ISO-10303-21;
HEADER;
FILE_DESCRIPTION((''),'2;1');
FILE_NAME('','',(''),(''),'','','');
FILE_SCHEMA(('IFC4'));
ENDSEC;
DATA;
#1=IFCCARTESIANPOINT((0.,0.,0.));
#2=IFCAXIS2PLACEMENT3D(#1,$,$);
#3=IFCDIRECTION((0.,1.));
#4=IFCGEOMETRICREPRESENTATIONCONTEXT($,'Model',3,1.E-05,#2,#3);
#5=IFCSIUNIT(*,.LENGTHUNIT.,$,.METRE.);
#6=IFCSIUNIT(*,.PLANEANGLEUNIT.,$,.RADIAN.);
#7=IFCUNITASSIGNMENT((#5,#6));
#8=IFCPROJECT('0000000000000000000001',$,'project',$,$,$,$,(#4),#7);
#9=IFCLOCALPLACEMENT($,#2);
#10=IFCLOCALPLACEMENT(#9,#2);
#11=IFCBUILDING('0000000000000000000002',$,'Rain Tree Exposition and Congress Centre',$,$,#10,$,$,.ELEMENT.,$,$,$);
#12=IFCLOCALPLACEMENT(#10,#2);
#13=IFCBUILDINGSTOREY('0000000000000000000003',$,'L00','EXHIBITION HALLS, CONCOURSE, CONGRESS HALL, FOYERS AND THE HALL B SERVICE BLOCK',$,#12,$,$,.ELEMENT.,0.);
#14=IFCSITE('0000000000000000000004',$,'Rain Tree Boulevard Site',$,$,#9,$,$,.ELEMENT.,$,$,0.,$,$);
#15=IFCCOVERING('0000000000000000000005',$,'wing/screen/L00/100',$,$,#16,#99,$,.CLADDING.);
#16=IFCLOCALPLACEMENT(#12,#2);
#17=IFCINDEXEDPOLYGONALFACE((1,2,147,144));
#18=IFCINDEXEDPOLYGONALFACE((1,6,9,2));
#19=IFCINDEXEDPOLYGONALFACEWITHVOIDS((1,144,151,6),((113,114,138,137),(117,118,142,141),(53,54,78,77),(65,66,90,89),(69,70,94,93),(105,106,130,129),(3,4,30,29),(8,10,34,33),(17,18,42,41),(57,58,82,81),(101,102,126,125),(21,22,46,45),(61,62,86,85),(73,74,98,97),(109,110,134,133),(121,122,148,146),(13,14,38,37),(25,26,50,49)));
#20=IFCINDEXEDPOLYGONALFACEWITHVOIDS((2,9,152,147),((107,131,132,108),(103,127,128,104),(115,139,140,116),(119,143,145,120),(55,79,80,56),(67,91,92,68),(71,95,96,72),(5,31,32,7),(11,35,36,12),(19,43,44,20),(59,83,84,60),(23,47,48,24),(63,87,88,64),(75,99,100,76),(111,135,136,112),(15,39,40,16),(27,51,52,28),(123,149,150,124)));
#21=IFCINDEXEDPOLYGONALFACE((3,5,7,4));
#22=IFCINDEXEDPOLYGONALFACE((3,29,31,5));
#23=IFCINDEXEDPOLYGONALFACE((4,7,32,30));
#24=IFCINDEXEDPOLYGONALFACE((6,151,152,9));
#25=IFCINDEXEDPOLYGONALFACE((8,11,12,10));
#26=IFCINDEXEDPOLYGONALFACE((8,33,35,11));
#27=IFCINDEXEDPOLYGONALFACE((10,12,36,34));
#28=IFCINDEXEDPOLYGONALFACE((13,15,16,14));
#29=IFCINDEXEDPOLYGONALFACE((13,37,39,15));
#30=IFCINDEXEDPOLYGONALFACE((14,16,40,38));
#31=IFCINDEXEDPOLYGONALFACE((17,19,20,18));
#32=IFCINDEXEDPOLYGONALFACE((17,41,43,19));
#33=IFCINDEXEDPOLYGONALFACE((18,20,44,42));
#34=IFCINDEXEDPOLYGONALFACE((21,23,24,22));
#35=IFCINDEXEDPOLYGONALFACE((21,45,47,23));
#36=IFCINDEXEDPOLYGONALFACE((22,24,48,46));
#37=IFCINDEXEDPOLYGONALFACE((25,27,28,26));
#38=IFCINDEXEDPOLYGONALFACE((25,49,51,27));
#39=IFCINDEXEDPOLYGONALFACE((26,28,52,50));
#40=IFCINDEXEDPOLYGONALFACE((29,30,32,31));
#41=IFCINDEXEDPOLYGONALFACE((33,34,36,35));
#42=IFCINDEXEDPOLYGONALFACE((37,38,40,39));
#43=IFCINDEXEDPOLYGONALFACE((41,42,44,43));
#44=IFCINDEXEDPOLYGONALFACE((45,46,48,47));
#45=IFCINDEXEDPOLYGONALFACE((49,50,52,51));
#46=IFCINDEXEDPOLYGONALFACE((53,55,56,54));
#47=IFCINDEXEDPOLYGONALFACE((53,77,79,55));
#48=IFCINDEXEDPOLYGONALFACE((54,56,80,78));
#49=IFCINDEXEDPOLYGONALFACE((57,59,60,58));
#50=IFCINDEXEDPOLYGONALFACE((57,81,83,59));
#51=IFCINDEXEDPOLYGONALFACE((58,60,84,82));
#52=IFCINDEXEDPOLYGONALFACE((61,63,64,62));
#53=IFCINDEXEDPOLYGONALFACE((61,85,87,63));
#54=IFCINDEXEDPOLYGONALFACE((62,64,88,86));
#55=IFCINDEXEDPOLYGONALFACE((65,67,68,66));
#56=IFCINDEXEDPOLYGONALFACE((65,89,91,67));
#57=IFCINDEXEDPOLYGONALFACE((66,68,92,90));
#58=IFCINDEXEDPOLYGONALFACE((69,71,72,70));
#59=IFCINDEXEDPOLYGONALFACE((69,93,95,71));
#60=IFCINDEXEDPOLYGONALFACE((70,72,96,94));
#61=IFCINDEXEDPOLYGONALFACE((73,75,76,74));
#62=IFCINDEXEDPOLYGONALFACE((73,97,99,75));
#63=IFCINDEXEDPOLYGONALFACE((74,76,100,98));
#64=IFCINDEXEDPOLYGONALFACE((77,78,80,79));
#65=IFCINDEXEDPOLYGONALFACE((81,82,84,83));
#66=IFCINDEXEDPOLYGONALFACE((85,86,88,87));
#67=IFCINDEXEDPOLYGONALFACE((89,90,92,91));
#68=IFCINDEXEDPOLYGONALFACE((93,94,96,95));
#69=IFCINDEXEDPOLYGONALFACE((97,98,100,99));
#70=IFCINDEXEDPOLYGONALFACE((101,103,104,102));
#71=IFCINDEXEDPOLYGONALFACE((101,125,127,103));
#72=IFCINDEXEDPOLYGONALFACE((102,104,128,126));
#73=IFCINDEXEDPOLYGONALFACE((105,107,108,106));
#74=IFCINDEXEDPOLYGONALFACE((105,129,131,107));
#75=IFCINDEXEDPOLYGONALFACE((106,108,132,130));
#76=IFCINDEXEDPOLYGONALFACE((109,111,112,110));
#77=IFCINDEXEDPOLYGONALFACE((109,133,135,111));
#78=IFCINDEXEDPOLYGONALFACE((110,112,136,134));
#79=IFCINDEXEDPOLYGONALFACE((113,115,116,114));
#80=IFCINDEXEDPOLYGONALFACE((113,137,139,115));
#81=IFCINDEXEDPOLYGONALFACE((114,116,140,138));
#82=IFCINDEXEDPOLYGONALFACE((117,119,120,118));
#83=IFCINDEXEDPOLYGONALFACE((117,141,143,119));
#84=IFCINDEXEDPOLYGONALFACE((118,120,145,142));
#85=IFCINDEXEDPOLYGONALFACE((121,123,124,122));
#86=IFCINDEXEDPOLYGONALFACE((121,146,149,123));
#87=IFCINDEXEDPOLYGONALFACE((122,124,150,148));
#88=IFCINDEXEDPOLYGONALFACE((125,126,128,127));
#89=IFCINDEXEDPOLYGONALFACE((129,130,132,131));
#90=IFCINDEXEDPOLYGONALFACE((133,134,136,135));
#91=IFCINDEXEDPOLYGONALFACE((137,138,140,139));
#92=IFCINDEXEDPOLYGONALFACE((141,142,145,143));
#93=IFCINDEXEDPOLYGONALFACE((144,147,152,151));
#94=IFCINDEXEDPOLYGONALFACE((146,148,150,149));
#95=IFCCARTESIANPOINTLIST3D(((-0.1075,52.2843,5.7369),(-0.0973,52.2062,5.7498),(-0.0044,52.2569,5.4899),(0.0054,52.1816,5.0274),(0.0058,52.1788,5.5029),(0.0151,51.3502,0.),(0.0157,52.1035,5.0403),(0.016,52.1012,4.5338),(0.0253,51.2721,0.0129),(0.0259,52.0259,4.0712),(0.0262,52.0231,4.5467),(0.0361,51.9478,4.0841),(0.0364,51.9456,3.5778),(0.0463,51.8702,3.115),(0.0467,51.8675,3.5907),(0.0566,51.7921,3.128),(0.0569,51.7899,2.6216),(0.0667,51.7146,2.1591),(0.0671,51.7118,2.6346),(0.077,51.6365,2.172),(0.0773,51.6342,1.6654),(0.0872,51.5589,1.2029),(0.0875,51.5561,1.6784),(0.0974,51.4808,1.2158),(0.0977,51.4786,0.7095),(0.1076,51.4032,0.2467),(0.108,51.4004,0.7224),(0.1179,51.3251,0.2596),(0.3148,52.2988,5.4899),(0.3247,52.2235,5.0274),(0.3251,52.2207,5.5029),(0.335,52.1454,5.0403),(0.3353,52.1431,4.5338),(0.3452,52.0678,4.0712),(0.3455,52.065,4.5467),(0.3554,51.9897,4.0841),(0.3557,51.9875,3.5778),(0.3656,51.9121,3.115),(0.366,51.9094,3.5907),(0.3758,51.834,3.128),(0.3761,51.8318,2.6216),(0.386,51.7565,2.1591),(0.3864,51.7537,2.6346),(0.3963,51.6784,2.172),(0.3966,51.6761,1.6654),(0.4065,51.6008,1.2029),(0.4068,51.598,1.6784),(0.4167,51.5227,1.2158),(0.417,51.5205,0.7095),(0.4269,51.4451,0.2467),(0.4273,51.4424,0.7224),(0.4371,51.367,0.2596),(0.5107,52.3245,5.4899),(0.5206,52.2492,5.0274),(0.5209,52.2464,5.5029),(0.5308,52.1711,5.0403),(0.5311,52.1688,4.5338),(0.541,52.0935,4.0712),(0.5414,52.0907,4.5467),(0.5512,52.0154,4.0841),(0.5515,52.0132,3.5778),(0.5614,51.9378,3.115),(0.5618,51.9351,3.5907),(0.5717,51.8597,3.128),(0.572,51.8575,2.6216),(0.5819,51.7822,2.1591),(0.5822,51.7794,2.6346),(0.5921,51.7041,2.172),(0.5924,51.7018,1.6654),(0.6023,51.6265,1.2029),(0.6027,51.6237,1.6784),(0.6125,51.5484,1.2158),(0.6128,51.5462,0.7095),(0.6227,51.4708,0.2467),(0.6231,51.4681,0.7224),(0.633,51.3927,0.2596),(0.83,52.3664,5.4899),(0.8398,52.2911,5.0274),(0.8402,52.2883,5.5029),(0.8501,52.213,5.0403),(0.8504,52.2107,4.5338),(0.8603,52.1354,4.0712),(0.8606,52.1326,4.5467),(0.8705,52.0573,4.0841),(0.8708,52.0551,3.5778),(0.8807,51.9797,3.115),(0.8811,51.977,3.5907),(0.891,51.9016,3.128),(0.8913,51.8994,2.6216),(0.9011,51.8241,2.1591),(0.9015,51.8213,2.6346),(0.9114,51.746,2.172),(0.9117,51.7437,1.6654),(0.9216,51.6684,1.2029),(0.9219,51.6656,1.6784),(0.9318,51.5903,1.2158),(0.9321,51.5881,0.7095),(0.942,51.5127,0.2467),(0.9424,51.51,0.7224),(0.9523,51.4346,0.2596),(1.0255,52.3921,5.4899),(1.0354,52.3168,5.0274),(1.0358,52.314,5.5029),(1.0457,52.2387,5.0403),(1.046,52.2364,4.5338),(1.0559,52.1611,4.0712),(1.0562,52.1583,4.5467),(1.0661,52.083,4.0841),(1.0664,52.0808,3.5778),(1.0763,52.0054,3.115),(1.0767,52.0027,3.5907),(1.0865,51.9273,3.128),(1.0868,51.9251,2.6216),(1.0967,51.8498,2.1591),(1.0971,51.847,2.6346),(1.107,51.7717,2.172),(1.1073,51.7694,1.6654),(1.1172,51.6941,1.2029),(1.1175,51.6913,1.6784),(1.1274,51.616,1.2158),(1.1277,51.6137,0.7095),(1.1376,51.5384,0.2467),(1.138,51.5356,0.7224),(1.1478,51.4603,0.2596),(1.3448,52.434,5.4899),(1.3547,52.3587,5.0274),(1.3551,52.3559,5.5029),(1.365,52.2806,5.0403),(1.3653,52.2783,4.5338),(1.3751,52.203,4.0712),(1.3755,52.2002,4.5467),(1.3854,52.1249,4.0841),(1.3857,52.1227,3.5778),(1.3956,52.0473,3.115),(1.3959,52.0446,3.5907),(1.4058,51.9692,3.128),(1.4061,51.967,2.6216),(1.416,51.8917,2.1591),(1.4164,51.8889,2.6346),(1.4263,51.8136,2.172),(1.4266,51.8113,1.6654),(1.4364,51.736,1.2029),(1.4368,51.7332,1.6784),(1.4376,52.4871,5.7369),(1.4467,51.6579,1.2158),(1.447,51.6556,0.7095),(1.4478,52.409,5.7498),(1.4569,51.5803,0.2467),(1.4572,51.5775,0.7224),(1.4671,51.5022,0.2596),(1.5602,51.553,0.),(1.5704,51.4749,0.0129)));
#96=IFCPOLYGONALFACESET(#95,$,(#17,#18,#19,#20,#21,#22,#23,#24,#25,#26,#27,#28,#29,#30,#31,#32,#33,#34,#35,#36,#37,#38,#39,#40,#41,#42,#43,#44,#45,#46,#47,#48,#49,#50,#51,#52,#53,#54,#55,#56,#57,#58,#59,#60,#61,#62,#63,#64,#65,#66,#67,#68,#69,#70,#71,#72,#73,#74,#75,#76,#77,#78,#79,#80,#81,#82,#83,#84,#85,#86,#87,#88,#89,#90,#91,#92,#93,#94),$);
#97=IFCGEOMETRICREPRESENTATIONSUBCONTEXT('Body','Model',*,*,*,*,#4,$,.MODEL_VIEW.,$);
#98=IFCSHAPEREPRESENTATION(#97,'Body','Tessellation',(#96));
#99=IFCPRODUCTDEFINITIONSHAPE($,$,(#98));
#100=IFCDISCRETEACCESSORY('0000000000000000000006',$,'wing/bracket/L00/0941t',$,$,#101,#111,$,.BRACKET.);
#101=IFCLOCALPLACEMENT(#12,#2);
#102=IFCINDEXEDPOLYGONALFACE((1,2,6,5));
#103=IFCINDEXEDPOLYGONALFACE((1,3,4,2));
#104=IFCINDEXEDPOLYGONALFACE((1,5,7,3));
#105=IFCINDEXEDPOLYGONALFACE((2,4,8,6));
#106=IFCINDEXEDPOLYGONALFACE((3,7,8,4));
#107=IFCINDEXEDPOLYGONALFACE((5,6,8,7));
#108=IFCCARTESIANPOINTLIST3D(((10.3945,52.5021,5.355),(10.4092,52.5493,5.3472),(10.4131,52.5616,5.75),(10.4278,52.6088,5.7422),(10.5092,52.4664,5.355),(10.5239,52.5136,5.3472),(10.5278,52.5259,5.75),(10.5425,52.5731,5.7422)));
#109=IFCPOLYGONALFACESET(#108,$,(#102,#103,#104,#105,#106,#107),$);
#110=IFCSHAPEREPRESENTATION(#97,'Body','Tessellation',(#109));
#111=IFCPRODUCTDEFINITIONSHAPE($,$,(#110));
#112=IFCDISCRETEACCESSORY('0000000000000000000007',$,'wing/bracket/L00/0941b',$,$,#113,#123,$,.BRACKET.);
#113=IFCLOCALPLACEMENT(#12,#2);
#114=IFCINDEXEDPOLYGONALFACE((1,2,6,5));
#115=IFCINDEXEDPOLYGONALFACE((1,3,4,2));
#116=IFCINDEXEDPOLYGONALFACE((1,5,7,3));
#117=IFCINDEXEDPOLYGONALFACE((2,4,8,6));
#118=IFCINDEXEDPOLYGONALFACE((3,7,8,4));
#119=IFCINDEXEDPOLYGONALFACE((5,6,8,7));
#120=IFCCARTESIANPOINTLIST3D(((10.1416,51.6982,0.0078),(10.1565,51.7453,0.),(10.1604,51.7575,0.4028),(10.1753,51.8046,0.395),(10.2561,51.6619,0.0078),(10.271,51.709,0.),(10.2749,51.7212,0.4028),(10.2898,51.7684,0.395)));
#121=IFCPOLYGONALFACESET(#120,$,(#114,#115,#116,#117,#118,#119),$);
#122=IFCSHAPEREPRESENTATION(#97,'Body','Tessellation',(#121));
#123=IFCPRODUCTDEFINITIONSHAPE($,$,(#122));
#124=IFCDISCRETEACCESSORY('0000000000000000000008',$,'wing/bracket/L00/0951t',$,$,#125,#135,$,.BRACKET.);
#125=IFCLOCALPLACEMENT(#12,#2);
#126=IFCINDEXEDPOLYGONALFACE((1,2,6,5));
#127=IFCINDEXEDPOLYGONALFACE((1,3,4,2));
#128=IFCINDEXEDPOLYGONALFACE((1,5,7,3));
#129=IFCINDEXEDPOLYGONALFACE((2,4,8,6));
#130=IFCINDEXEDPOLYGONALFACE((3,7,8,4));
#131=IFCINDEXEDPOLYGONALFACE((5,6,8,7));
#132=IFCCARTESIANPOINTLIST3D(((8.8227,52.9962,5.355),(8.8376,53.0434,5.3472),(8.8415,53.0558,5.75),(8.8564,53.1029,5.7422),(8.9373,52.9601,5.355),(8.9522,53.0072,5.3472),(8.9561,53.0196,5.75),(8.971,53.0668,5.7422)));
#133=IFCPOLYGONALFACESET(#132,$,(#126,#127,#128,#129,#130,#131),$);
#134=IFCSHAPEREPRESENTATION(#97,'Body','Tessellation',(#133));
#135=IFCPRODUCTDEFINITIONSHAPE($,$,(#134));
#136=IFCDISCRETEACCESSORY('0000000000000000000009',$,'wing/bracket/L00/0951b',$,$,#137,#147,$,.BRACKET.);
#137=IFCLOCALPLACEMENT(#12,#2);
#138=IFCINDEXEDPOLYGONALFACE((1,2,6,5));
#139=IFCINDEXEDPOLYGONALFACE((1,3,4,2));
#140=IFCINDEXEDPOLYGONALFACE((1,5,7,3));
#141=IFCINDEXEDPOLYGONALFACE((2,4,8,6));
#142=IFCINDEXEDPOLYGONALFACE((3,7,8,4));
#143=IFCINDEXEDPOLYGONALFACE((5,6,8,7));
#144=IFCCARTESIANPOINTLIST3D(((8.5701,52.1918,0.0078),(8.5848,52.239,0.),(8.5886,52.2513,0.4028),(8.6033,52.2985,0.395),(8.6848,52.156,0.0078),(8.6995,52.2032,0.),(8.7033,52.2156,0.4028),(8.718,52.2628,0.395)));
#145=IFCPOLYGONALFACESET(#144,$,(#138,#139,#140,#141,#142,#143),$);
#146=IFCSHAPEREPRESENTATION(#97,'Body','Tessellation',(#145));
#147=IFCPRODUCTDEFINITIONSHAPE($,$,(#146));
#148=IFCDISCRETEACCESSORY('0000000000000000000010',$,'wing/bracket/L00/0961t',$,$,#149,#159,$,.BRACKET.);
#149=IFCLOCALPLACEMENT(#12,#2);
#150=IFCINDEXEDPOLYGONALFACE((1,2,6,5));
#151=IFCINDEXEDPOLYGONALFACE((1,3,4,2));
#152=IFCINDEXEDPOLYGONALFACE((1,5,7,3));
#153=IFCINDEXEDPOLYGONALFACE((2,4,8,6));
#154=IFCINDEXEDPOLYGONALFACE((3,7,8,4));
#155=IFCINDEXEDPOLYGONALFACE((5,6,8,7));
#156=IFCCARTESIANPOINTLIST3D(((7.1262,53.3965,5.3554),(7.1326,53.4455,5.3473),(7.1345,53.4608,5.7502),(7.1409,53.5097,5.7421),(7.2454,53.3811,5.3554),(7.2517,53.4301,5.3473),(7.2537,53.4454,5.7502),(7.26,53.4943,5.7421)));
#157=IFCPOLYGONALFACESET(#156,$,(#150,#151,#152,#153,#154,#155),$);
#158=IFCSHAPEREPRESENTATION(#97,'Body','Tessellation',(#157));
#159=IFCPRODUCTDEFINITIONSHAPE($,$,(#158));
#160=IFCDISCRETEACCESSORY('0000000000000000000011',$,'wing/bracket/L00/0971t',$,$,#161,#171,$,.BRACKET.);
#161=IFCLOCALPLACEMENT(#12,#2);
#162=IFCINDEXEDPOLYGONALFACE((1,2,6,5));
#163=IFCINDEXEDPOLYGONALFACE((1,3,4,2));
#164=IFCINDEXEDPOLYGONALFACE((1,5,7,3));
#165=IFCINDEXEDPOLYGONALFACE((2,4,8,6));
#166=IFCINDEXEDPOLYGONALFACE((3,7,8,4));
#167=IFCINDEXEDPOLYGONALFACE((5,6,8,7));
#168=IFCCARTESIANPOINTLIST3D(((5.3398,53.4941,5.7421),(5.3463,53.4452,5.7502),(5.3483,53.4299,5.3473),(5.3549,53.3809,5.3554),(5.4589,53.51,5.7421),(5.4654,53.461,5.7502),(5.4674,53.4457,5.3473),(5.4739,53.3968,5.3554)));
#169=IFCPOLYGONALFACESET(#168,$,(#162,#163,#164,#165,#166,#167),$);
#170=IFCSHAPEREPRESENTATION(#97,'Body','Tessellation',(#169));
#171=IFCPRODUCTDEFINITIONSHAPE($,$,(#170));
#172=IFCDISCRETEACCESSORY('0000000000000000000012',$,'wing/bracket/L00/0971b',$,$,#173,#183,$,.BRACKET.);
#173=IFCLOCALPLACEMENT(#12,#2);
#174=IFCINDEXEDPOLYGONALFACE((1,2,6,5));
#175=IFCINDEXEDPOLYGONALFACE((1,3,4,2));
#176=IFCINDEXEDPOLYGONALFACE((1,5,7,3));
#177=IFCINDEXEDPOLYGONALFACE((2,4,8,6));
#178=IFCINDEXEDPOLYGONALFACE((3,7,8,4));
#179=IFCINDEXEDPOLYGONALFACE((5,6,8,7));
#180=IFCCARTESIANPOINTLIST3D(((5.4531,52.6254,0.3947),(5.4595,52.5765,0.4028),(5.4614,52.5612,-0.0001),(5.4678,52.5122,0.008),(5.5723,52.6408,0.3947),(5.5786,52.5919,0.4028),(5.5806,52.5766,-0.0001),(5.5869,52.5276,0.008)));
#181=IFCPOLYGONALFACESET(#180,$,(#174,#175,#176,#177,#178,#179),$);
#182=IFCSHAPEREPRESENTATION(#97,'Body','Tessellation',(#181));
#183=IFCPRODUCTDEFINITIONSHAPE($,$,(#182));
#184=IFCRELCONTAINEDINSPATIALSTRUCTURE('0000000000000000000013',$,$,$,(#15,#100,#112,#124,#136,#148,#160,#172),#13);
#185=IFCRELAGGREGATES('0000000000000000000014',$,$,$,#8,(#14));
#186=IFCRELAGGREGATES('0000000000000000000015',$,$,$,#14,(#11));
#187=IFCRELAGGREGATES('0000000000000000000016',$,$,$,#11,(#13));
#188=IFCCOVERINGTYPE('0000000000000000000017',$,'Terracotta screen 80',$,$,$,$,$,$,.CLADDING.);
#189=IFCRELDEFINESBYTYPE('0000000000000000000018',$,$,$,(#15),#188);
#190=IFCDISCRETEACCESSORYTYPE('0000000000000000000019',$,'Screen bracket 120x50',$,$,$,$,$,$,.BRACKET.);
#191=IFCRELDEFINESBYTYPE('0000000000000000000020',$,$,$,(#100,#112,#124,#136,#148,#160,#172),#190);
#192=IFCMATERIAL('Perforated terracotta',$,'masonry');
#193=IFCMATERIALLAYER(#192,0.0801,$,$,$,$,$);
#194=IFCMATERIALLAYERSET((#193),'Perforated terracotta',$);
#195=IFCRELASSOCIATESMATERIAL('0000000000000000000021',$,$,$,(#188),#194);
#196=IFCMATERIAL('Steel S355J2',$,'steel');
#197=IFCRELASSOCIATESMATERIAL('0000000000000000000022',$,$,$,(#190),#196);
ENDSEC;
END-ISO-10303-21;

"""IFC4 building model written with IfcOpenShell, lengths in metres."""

from ifc_helpers import new_model, si_unit, direction, frame, origin, origin_2d, place, context, subcontext, project, spatial, polyline, rectangle, outline, extrude, material, layer, layer_set, material_profile, profile_set, type_object, element, save


model = new_model("IFC4")

# Units and contexts
model_context = context("Model", 3, precision=1e-05, world=origin(), true_north=direction((0.0, 1.0)))
body_context = subcontext(model_context, "Body", "Model", "MODEL_VIEW")
ifc_project = project(units=[si_unit("LENGTHUNIT", "METRE"), si_unit("PLANEANGLEUNIT", "RADIAN")], contexts=[model_context])

# Site, building, storey
site_placement = place(None, origin())
site = spatial("IfcSite", under=ifc_project, at=site_placement, Name="Rain Tree Boulevard Site", CompositionType="ELEMENT", RefElevation=0.0)
building_placement = place(site_placement, origin())
building = spatial("IfcBuilding", under=site, at=building_placement, Name="Rain Tree Exposition and Congress Centre", CompositionType="ELEMENT")
storey_placement = place(building_placement, origin())
storey = spatial("IfcBuildingStorey", under=building, at=storey_placement, Name="L00", Description="EXHIBITION HALLS, CONCOURSE, CONGRESS HALL, FOYERS AND THE HALL B SERVICE BLOCK", CompositionType="ELEMENT", Elevation=0.0)

# Covering
ifc_material_1 = material(Name="Perforated terracotta", Category="masonry")
ifc_layer = layer(ifc_material_1, 0.0801)
ifc_layer_set = layer_set([ifc_layer], Name="Perforated terracotta")
covering_type = type_object("IfcCoveringType", Name="Terracotta screen 80", PredefinedType="CLADDING", material=ifc_layer_set)
covering_1_placement = place(storey_placement, frame((1.575, 51.5549, 0.0), z_axis=(0.128414, -0.978392, 0.162046), x_axis=(0.991496, 0.130134, 0.0)))
element("IfcCovering", 1, at=covering_1_placement, inside=storey, type_object=covering_type, Name="wing/screen/L00/100", PredefinedType="CLADDING", context=body_context, shape_type="SweptSolid", body=[
    extrude(outline(polyline([(-0.0149, 5.8137), (-0.0149, 0.0), (-1.5732, 0.0), (-1.5732, 5.8137), (-0.0149, 5.8137)]), holes=[polyline([(-0.1138, 0.25), (-0.1138, 0.719), (-0.4358, 0.719), (-0.4358, 0.25), (-0.1138, 0.25)]), polyline([(-0.1138, 1.219), (-0.1138, 1.6877), (-0.4358, 1.6877), (-0.4358, 1.219), (-0.1138, 1.219)]), polyline([(-0.1138, 2.188), (-0.1138, 2.6567), (-0.4358, 2.6567), (-0.4358, 2.188), (-0.1138, 2.188)]), polyline([(-0.1138, 3.1567), (-0.1138, 3.6257), (-0.4358, 3.6257), (-0.4358, 3.1567), (-0.1138, 3.1567)]), polyline([(-0.1138, 4.1257), (-0.1138, 4.5945), (-0.4358, 4.5945), (-0.4358, 4.1257), (-0.1138, 4.1257)]), polyline([(-0.1138, 5.0947), (-0.1138, 5.5635), (-0.4358, 5.5635), (-0.4358, 5.0947), (-0.1138, 5.0947)]), polyline([(-0.6331, 0.25), (-0.6331, 0.719), (-0.9551, 0.719), (-0.9551, 0.25), (-0.6331, 0.25)]), polyline([(-0.6331, 1.219), (-0.6331, 1.6877), (-0.9551, 1.6877), (-0.9551, 1.219), (-0.6331, 1.219)]), polyline([(-0.6331, 2.188), (-0.6331, 2.6567), (-0.9551, 2.6567), (-0.9551, 2.188), (-0.6331, 2.188)]), polyline([(-0.6331, 3.1567), (-0.6331, 3.6257), (-0.9551, 3.6257), (-0.9551, 3.1567), (-0.6331, 3.1567)]), polyline([(-0.6331, 4.1257), (-0.6331, 4.5945), (-0.9551, 4.5945), (-0.9551, 4.1257), (-0.6331, 4.1257)]), polyline([(-0.6331, 5.0947), (-0.6331, 5.5635), (-0.9551, 5.5635), (-0.9551, 5.0947), (-0.6331, 5.0947)]), polyline([(-1.1526, 0.25), (-1.1526, 0.719), (-1.4746, 0.719), (-1.4746, 0.25), (-1.1526, 0.25)]), polyline([(-1.1526, 1.219), (-1.1526, 1.6877), (-1.4746, 1.6877), (-1.4746, 1.219), (-1.1526, 1.219)]), polyline([(-1.1526, 2.188), (-1.1526, 2.6567), (-1.4746, 2.6567), (-1.4746, 2.188), (-1.1526, 2.188)]), polyline([(-1.1526, 3.1567), (-1.1526, 3.6257), (-1.4746, 3.6257), (-1.4746, 3.1567), (-1.1526, 3.1567)]), polyline([(-1.1526, 4.1257), (-1.1526, 4.5945), (-1.4746, 4.5945), (-1.4746, 4.1257), (-1.1526, 4.1257)]), polyline([(-1.1526, 5.0947), (-1.1526, 5.5635), (-1.4746, 5.5635), (-1.4746, 5.0947), (-1.1526, 5.0947)])]), origin(), (0.0, 0.0, 1.0), 0.0798),
])

# Discrete accessories
ifc_material_2 = material(Name="Steel S355J2", Category="steel")
ifc_material_profile = material_profile(ifc_material_2, rectangle(XDim=0.1201, YDim=0.05, at=origin_2d()), Name="Flat bar 120x50")
ifc_profile_set = profile_set([ifc_material_profile], Name="Steel S355J2")
discrete_accessory_type = type_object("IfcDiscreteAccessoryType", Name="Screen bracket 120x50", PredefinedType="BRACKET", material=ifc_profile_set)
for number, where, z_axis, x_axis, name in (
    (2, (10.4592, 52.5078, 5.3511), (0.046396, 0.148957, 0.987755), (-0.954758, 0.297384, 0.0), "wing/bracket/L00/0941t"),
    (3, (10.2063, 51.7036, 0.0039), (0.04701, 0.148356, 0.987816), (-0.953286, 0.30207, 0.0), "wing/bracket/L00/0941b"),
    (4, (8.8875, 53.0017, 5.3511), (0.047006, 0.148953, 0.987726), (-0.953642, 0.300944, 0.0), "wing/bracket/L00/0951t"),
    (5, (8.6348, 52.1975, 0.0039), (0.046396, 0.148957, 0.987755), (-0.954758, 0.297384, 0.0), "wing/bracket/L00/0951b"),
):
    element("IfcDiscreteAccessory", number, at=place(storey_placement, frame(where, z_axis=z_axis, x_axis=x_axis)), inside=storey, type_object=discrete_accessory_type, Name=name, PredefinedType="BRACKET", context=body_context, shape_type="SweptSolid", body=[
        extrude(rectangle(XDim=0.1201, YDim=0.05, at=origin_2d()), origin(), (0.0, 0.0, 1.0), 0.3999),
    ])
for number, where, z_axis, x_axis, name in (
    (6, (7.189, 53.4133, 5.3513), (0.020749, 0.160503, 0.986817), (-0.991747, 0.128211, 0.0), "wing/bracket/L00/0961t"),
    (7, (5.4111, 53.4133, 5.3513), (-0.021359, 0.160501, 0.986805), (-0.991261, -0.131917, 0.0), "wing/bracket/L00/0971t"),
    (8, (5.5242, 52.5444, 0.0039), (-0.020749, 0.160503, 0.986817), (-0.991747, -0.128211, 0.0), "wing/bracket/L00/0971b"),
):
    element("IfcDiscreteAccessory", number, at=place(storey_placement, frame(where, z_axis=z_axis, x_axis=x_axis)), inside=storey, type_object=discrete_accessory_type, Name=name, PredefinedType="BRACKET", context=body_context, shape_type="SweptSolid", body=[
        extrude(rectangle(XDim=0.1201, YDim=0.05, at=origin_2d()), origin(), (0.0, 0.0, 1.0), 0.4001),
    ])

save(model, "model.ifc")
